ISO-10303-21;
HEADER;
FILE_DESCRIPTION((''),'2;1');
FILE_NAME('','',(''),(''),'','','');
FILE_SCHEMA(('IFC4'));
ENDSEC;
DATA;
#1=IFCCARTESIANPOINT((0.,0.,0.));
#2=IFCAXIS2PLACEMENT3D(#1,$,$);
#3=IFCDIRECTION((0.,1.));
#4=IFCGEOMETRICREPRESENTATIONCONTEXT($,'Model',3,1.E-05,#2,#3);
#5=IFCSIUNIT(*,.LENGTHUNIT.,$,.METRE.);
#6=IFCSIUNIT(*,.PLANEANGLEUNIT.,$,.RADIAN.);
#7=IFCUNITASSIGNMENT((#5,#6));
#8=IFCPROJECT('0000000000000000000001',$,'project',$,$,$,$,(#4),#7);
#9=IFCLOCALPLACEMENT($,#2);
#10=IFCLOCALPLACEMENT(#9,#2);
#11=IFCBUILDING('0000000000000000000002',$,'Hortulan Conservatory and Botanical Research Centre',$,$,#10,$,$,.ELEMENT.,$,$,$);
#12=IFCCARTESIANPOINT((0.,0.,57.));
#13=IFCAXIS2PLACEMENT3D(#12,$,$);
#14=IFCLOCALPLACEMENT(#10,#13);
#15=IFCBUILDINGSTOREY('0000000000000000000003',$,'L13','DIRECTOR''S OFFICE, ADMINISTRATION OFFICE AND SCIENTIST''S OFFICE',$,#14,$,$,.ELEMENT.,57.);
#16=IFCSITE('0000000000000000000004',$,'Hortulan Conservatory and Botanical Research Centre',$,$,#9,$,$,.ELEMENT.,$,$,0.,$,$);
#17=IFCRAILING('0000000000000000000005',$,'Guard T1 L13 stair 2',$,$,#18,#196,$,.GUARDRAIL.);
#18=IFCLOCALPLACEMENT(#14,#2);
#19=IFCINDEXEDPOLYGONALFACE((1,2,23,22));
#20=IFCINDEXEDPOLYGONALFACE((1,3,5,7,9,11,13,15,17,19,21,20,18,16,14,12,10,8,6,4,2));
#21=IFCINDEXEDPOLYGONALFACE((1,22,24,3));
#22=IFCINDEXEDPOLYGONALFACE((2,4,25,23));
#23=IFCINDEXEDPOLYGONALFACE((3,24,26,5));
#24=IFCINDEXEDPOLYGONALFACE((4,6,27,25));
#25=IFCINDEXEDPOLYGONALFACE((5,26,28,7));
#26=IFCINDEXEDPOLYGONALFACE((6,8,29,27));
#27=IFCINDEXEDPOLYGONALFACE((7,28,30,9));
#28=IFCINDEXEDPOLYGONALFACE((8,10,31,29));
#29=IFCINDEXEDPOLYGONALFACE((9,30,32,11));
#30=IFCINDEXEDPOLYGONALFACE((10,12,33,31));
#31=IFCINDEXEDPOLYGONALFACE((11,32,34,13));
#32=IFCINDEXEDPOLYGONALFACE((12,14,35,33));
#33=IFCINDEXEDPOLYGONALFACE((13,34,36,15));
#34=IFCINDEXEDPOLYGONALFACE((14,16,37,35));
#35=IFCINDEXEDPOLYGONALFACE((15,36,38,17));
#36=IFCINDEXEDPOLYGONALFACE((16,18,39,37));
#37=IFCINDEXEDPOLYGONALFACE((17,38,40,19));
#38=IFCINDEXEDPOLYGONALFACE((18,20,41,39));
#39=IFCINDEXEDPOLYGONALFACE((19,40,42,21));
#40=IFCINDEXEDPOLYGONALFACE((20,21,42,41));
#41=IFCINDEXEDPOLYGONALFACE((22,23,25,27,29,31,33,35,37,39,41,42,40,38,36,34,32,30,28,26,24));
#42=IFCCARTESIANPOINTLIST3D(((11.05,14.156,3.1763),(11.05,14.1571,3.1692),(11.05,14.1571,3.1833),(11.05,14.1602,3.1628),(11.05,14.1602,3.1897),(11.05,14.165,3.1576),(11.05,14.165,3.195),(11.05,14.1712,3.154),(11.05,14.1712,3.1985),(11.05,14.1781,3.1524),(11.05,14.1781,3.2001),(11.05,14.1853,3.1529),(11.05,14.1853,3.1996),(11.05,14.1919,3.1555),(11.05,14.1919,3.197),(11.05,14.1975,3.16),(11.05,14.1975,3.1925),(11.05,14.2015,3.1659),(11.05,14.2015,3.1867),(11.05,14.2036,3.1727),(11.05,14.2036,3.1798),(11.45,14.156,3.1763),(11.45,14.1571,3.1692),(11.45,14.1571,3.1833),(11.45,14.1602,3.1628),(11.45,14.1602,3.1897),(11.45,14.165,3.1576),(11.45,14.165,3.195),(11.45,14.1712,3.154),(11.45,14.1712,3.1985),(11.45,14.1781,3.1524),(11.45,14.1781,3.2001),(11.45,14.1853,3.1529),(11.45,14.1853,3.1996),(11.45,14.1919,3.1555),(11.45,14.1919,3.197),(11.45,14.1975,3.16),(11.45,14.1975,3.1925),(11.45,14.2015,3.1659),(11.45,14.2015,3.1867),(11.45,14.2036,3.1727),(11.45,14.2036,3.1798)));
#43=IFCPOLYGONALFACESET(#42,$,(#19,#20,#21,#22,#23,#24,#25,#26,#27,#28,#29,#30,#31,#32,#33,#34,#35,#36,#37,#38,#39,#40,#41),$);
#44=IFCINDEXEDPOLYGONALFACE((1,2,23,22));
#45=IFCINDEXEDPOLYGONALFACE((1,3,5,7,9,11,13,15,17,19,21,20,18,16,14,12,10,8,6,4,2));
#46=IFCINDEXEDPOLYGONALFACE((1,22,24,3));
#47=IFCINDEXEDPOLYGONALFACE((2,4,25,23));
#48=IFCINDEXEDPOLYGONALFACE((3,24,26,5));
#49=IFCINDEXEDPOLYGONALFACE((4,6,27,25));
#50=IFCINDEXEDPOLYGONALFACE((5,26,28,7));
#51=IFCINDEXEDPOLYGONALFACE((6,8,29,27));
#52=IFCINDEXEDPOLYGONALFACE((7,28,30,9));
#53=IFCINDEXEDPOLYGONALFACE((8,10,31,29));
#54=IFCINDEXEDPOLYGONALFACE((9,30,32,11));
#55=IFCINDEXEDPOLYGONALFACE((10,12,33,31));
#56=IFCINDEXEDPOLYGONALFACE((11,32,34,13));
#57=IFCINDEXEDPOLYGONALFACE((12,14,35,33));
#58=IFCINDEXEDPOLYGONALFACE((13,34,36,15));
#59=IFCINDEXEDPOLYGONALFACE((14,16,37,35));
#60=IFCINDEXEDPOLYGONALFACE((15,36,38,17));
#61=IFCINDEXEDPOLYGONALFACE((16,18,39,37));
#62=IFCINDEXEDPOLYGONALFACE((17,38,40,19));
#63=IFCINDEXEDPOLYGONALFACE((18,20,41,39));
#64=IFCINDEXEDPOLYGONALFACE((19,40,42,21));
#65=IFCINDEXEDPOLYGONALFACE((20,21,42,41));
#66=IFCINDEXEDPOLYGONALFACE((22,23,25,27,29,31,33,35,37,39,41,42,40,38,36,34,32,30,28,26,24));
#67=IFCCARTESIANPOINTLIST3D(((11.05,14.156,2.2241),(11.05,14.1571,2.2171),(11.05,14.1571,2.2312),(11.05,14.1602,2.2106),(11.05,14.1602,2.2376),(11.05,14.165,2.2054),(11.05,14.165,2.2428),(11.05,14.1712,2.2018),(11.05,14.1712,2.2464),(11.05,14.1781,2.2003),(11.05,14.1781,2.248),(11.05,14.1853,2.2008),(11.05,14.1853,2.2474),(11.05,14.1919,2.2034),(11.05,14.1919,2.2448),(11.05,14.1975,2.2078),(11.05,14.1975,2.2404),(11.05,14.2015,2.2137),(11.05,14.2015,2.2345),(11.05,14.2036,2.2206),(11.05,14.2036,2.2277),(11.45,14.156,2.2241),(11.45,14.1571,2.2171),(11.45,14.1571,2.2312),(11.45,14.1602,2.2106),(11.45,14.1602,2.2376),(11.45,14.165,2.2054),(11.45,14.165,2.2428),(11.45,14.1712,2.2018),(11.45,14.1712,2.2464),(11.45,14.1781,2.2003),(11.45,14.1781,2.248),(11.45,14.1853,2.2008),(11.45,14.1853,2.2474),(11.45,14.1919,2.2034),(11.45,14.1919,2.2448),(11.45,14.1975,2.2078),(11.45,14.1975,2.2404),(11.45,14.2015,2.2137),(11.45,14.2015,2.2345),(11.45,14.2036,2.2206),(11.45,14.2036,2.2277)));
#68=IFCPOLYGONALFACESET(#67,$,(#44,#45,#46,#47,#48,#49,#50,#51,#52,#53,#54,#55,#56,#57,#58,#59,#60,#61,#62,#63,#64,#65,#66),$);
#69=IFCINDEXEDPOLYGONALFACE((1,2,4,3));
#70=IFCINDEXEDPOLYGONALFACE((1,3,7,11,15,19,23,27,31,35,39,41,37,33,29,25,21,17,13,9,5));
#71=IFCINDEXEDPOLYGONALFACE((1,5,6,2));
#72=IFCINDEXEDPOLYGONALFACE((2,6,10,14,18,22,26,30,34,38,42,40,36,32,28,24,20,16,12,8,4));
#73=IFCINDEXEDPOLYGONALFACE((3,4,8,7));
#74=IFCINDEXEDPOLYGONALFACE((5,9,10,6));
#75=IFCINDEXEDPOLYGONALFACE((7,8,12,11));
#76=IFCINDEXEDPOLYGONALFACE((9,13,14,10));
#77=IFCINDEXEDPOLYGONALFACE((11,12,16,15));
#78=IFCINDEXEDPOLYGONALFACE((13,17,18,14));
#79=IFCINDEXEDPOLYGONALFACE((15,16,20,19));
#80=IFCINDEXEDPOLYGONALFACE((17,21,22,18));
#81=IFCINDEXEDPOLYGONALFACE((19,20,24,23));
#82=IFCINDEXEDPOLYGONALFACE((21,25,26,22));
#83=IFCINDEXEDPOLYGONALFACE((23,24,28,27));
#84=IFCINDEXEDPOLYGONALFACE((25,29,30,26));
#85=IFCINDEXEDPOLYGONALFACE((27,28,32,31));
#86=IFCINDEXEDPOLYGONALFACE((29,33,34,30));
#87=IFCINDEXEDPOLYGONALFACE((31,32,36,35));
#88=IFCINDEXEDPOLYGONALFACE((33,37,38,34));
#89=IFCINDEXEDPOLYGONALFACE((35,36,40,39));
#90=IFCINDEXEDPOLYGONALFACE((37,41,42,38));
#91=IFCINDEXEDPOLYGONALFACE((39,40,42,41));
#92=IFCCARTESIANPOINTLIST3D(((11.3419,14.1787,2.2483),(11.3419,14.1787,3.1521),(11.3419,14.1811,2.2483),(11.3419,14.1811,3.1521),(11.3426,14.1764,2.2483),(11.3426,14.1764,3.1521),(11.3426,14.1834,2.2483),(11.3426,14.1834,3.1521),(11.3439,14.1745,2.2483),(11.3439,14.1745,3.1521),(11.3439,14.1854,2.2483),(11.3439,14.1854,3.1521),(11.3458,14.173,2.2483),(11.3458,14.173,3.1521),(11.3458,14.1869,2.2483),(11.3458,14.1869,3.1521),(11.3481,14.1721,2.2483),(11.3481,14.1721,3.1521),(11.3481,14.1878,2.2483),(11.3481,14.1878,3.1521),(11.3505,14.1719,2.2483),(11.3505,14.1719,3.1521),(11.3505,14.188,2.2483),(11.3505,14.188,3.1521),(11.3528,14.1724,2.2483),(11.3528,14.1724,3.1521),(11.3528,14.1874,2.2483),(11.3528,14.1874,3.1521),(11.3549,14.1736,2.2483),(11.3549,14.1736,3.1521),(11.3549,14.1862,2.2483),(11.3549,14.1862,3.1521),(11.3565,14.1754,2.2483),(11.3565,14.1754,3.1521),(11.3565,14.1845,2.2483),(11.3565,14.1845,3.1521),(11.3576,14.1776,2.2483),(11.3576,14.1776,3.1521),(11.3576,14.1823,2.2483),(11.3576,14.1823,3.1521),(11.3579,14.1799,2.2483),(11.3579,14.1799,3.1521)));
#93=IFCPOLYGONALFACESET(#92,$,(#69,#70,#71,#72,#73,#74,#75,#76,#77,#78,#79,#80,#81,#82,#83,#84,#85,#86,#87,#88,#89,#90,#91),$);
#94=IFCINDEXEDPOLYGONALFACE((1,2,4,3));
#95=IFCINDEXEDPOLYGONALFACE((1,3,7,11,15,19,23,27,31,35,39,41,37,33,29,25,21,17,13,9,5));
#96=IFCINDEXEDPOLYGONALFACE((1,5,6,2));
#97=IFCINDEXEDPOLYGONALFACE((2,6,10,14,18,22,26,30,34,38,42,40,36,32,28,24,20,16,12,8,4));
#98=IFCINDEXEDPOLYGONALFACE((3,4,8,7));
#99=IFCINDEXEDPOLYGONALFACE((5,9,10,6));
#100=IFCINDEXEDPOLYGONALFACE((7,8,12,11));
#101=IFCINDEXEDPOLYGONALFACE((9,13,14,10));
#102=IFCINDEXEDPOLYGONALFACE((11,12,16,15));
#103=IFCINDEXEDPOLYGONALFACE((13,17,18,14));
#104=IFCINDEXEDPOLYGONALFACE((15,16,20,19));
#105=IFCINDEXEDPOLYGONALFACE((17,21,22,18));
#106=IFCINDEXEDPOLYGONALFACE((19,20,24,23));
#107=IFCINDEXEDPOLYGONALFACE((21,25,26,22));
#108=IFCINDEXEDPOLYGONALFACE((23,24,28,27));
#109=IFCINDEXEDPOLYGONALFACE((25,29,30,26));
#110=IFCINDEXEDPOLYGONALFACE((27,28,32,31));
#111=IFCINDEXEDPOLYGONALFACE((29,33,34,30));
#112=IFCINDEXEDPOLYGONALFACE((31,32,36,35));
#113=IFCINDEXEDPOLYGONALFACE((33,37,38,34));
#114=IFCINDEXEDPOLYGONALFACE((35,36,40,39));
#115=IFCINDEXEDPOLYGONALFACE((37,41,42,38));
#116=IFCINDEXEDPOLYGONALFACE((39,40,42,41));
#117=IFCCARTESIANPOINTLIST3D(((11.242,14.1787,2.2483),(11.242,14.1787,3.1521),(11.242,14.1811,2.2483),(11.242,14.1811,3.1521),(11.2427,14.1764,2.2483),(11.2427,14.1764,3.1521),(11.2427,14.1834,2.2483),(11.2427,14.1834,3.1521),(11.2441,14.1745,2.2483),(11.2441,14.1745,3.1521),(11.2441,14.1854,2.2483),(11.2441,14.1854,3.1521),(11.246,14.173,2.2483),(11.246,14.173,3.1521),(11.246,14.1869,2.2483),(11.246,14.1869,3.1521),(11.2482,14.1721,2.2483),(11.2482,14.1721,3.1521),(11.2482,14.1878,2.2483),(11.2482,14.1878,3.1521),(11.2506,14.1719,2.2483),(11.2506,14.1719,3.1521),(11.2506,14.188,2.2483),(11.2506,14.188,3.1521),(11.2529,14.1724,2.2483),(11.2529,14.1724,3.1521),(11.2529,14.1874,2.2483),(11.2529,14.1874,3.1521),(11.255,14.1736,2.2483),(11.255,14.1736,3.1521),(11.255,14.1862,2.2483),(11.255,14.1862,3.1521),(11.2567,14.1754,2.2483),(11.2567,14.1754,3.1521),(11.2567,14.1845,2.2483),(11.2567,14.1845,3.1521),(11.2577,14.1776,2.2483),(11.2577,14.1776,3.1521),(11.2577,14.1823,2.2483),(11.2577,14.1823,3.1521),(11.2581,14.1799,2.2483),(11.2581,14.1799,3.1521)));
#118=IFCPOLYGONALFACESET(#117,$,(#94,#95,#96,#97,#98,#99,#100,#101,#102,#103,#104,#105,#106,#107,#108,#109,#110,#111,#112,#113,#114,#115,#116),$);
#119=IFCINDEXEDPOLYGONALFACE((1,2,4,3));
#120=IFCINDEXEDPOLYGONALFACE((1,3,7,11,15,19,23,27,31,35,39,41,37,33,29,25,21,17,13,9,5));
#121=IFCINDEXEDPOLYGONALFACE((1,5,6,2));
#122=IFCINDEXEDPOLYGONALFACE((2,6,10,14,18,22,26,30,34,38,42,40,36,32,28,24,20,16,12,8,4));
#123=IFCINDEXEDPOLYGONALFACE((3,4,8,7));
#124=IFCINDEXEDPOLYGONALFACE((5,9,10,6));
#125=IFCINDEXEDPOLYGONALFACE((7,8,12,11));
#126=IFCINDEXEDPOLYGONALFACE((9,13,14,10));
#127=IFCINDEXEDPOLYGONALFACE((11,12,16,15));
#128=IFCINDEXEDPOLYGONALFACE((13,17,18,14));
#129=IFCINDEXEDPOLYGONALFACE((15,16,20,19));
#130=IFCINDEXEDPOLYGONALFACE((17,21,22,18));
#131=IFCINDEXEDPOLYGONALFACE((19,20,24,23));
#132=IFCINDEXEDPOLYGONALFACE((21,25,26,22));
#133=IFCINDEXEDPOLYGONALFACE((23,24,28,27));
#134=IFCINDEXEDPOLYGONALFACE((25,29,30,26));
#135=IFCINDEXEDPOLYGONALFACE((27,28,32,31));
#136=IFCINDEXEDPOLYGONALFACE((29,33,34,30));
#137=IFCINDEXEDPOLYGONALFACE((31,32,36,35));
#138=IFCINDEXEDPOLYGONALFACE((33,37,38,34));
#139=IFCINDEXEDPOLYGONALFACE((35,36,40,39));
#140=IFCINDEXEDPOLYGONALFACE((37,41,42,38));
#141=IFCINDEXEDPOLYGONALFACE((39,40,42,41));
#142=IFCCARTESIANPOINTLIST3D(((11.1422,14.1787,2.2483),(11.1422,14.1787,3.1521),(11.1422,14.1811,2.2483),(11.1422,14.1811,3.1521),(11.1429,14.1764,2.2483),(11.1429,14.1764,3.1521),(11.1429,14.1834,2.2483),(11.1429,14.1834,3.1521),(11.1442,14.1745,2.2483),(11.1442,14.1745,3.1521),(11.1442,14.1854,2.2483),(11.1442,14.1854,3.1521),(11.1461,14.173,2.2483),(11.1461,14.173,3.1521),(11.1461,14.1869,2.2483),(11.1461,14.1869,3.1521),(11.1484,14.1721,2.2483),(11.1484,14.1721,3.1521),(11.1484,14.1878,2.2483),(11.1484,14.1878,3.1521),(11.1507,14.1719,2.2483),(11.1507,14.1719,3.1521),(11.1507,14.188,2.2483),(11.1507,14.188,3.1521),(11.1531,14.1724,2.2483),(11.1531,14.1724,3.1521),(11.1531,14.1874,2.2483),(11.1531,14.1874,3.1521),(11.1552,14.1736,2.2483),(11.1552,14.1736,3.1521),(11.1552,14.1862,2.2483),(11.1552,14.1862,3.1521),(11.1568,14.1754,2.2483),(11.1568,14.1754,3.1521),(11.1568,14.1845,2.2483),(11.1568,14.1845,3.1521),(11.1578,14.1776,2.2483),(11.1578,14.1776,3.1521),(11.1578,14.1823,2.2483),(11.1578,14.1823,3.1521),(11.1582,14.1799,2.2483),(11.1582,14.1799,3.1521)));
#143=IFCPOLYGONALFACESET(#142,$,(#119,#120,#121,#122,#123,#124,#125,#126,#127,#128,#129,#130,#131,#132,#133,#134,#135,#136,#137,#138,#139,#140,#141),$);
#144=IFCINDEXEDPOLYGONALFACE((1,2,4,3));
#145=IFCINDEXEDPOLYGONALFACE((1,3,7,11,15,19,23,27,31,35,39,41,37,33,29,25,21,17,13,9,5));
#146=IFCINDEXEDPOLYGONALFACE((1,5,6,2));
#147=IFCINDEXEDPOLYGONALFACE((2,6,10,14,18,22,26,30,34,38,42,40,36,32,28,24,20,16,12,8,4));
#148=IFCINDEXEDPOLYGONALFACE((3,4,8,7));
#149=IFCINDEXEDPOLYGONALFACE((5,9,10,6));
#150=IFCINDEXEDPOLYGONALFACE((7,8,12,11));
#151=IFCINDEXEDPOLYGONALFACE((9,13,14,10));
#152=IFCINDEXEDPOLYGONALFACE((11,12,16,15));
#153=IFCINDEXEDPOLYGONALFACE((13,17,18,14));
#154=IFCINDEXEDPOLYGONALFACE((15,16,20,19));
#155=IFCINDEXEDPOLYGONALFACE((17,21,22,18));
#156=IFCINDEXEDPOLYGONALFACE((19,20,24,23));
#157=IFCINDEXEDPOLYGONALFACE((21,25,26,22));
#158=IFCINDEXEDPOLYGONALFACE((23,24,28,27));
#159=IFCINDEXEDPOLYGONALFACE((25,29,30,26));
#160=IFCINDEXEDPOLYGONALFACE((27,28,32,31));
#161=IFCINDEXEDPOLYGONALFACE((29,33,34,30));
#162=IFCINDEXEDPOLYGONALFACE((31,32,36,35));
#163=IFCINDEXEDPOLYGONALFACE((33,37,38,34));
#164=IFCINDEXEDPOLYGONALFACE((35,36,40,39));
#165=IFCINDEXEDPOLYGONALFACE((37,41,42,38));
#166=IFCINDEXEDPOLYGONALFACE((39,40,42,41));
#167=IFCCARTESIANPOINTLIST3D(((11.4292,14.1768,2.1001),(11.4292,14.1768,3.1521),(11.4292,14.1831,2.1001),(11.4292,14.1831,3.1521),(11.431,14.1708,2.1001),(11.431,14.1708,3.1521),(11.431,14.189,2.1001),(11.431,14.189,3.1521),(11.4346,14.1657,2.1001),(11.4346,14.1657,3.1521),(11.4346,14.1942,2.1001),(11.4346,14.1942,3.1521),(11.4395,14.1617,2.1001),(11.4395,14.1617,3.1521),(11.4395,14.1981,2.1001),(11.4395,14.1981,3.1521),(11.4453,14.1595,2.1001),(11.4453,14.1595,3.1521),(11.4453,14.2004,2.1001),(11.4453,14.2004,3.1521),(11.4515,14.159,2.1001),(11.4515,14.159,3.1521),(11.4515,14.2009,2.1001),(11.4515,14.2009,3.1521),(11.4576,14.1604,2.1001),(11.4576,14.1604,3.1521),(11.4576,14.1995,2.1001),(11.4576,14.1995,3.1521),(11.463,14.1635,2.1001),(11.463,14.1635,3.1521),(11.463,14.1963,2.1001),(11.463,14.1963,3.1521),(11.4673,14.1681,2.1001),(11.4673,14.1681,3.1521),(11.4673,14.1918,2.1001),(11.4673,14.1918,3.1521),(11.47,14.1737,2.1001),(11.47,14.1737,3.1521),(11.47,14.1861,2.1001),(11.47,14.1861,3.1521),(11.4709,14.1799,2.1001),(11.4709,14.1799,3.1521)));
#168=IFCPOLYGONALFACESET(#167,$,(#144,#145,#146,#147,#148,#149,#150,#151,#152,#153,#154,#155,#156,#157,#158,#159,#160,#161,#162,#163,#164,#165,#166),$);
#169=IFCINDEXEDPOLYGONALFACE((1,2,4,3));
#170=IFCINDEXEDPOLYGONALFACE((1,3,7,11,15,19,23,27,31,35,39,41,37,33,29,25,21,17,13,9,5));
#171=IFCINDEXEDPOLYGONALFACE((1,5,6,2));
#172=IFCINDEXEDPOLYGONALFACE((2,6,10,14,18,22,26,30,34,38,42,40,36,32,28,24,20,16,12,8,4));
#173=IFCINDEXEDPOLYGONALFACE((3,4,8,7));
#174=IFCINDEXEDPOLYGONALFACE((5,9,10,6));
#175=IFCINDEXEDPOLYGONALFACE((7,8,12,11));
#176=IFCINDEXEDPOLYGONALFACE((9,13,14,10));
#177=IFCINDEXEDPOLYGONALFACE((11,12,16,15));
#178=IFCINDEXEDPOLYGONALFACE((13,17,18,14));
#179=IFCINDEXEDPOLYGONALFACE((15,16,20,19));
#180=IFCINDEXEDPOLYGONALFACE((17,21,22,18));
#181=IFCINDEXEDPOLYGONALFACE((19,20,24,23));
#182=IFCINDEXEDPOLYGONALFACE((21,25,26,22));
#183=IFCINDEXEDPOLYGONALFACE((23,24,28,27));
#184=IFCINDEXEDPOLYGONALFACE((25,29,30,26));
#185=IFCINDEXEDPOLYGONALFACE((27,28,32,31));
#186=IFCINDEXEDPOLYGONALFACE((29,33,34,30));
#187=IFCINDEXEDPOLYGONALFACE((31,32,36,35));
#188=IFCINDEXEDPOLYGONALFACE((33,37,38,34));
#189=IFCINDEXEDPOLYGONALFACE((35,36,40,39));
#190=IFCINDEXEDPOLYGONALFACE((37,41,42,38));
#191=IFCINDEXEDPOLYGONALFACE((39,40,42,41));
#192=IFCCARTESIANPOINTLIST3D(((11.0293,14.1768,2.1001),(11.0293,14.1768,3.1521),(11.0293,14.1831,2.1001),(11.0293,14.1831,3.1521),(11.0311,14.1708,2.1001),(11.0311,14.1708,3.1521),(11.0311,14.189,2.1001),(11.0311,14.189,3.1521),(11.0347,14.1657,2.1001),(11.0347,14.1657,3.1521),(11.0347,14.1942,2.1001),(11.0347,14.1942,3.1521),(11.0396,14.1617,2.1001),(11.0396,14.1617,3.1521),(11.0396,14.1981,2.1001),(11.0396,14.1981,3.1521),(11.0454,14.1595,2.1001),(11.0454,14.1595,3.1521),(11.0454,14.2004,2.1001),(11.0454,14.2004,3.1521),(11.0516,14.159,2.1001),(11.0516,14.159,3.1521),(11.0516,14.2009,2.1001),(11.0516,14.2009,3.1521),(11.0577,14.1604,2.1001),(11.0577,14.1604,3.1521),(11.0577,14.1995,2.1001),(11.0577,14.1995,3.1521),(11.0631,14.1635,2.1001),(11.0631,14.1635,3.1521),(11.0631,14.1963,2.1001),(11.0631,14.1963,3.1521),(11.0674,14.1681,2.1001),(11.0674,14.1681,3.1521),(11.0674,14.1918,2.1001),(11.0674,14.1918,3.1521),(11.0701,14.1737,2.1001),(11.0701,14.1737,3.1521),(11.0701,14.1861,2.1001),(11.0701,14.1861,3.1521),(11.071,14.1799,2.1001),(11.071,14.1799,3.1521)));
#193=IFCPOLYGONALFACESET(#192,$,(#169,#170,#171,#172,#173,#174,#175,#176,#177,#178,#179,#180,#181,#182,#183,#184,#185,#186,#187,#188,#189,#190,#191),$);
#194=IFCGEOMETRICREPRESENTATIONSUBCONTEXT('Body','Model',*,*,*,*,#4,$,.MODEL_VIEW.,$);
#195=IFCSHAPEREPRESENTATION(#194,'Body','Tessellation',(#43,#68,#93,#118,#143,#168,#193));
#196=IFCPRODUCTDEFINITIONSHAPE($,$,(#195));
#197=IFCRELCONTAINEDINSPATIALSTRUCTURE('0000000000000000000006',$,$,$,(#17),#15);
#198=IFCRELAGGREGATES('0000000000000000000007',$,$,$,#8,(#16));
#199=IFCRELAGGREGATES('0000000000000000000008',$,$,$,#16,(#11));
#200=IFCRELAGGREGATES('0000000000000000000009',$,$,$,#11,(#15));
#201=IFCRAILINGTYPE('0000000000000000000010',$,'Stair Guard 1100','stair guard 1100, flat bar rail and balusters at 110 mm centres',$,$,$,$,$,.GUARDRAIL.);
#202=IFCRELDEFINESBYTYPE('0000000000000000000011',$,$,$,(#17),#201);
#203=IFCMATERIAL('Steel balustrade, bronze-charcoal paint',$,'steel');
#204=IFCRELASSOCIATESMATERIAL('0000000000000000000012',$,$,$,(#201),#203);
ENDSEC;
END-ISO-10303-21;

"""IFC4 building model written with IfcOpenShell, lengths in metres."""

from ifc_helpers import new_model, si_unit, direction, frame, origin, origin_2d, place, context, subcontext, project, spatial, circle, extrude, material, type_object, element, save


model = new_model("IFC4")

# Units and contexts
model_context = context("Model", 3, precision=1e-05, world=origin(), true_north=direction((0.0, 1.0)))
body_context = subcontext(model_context, "Body", "Model", "MODEL_VIEW")
ifc_project = project(units=[si_unit("LENGTHUNIT", "METRE"), si_unit("PLANEANGLEUNIT", "RADIAN")], contexts=[model_context])

# Site, building, storey
site_placement = place(None, origin())
site = spatial("IfcSite", under=ifc_project, at=site_placement, Name="Hortulan Conservatory and Botanical Research Centre", CompositionType="ELEMENT", RefElevation=0.0)
building_placement = place(site_placement, origin())
building = spatial("IfcBuilding", under=site, at=building_placement, Name="Hortulan Conservatory and Botanical Research Centre", CompositionType="ELEMENT")
storey_placement = place(building_placement, frame((0.0, 0.0, 57.0)))
storey = spatial("IfcBuildingStorey", under=building, at=storey_placement, Name="L13", Description="DIRECTOR'S OFFICE, ADMINISTRATION OFFICE AND SCIENTIST'S OFFICE", CompositionType="ELEMENT", Elevation=57.0)

# Railing
ifc_material_1 = material(Name="Steel balustrade, bronze-charcoal paint", Category="steel")
railing_type_1 = type_object("IfcRailingType", Name="Stair Guard 1100", Description="stair guard 1100, flat bar rail and balusters at 110 mm centres", PredefinedType="GUARDRAIL", material=ifc_material_1)
railing_1_placement = place(storey_placement, frame((11.45, 14.1799, 2.1001)))
element("IfcRailing", 1, at=railing_1_placement, inside=storey, type_object=railing_type_1, Name="Guard T1 L13 stair 2", PredefinedType="GUARDRAIL", context=body_context, shape_type="SweptSolid", body=[
    extrude(circle(Radius=0.0239, at=origin_2d()), frame((0.0, 0.0, 1.0762), z_axis=(-1.0, 0.0, 0.0), x_axis=(0.0, -1.0, 0.0)), (0.0, 0.0, 1.0), 0.3999),
    extrude(circle(Radius=0.0239, at=origin_2d()), frame((0.0, 0.0, 0.124), z_axis=(-1.0, 0.0, 0.0), x_axis=(0.0, -1.0, 0.0)), (0.0, 0.0, 1.0), 0.3999),
    extrude(circle(Radius=0.0081, at=origin_2d()), frame((-0.1001, 0.0, 0.1482)), (0.0, 0.0, 1.0), 0.9038),
    extrude(circle(Radius=0.0081, at=origin_2d()), frame((-0.2, 0.0, 0.1482)), (0.0, 0.0, 1.0), 0.9038),
    extrude(circle(Radius=0.0081, at=origin_2d()), frame((-0.2998, 0.0, 0.1482)), (0.0, 0.0, 1.0), 0.9038),
    extrude(circle(Radius=0.021, at=origin_2d()), origin(), (0.0, 0.0, 1.0), 1.052),
    extrude(circle(Radius=0.021, at=origin_2d()), frame((-0.3999, 0.0, 0.0)), (0.0, 0.0, 1.0), 1.052),
])

save(model, "model.ifc")
